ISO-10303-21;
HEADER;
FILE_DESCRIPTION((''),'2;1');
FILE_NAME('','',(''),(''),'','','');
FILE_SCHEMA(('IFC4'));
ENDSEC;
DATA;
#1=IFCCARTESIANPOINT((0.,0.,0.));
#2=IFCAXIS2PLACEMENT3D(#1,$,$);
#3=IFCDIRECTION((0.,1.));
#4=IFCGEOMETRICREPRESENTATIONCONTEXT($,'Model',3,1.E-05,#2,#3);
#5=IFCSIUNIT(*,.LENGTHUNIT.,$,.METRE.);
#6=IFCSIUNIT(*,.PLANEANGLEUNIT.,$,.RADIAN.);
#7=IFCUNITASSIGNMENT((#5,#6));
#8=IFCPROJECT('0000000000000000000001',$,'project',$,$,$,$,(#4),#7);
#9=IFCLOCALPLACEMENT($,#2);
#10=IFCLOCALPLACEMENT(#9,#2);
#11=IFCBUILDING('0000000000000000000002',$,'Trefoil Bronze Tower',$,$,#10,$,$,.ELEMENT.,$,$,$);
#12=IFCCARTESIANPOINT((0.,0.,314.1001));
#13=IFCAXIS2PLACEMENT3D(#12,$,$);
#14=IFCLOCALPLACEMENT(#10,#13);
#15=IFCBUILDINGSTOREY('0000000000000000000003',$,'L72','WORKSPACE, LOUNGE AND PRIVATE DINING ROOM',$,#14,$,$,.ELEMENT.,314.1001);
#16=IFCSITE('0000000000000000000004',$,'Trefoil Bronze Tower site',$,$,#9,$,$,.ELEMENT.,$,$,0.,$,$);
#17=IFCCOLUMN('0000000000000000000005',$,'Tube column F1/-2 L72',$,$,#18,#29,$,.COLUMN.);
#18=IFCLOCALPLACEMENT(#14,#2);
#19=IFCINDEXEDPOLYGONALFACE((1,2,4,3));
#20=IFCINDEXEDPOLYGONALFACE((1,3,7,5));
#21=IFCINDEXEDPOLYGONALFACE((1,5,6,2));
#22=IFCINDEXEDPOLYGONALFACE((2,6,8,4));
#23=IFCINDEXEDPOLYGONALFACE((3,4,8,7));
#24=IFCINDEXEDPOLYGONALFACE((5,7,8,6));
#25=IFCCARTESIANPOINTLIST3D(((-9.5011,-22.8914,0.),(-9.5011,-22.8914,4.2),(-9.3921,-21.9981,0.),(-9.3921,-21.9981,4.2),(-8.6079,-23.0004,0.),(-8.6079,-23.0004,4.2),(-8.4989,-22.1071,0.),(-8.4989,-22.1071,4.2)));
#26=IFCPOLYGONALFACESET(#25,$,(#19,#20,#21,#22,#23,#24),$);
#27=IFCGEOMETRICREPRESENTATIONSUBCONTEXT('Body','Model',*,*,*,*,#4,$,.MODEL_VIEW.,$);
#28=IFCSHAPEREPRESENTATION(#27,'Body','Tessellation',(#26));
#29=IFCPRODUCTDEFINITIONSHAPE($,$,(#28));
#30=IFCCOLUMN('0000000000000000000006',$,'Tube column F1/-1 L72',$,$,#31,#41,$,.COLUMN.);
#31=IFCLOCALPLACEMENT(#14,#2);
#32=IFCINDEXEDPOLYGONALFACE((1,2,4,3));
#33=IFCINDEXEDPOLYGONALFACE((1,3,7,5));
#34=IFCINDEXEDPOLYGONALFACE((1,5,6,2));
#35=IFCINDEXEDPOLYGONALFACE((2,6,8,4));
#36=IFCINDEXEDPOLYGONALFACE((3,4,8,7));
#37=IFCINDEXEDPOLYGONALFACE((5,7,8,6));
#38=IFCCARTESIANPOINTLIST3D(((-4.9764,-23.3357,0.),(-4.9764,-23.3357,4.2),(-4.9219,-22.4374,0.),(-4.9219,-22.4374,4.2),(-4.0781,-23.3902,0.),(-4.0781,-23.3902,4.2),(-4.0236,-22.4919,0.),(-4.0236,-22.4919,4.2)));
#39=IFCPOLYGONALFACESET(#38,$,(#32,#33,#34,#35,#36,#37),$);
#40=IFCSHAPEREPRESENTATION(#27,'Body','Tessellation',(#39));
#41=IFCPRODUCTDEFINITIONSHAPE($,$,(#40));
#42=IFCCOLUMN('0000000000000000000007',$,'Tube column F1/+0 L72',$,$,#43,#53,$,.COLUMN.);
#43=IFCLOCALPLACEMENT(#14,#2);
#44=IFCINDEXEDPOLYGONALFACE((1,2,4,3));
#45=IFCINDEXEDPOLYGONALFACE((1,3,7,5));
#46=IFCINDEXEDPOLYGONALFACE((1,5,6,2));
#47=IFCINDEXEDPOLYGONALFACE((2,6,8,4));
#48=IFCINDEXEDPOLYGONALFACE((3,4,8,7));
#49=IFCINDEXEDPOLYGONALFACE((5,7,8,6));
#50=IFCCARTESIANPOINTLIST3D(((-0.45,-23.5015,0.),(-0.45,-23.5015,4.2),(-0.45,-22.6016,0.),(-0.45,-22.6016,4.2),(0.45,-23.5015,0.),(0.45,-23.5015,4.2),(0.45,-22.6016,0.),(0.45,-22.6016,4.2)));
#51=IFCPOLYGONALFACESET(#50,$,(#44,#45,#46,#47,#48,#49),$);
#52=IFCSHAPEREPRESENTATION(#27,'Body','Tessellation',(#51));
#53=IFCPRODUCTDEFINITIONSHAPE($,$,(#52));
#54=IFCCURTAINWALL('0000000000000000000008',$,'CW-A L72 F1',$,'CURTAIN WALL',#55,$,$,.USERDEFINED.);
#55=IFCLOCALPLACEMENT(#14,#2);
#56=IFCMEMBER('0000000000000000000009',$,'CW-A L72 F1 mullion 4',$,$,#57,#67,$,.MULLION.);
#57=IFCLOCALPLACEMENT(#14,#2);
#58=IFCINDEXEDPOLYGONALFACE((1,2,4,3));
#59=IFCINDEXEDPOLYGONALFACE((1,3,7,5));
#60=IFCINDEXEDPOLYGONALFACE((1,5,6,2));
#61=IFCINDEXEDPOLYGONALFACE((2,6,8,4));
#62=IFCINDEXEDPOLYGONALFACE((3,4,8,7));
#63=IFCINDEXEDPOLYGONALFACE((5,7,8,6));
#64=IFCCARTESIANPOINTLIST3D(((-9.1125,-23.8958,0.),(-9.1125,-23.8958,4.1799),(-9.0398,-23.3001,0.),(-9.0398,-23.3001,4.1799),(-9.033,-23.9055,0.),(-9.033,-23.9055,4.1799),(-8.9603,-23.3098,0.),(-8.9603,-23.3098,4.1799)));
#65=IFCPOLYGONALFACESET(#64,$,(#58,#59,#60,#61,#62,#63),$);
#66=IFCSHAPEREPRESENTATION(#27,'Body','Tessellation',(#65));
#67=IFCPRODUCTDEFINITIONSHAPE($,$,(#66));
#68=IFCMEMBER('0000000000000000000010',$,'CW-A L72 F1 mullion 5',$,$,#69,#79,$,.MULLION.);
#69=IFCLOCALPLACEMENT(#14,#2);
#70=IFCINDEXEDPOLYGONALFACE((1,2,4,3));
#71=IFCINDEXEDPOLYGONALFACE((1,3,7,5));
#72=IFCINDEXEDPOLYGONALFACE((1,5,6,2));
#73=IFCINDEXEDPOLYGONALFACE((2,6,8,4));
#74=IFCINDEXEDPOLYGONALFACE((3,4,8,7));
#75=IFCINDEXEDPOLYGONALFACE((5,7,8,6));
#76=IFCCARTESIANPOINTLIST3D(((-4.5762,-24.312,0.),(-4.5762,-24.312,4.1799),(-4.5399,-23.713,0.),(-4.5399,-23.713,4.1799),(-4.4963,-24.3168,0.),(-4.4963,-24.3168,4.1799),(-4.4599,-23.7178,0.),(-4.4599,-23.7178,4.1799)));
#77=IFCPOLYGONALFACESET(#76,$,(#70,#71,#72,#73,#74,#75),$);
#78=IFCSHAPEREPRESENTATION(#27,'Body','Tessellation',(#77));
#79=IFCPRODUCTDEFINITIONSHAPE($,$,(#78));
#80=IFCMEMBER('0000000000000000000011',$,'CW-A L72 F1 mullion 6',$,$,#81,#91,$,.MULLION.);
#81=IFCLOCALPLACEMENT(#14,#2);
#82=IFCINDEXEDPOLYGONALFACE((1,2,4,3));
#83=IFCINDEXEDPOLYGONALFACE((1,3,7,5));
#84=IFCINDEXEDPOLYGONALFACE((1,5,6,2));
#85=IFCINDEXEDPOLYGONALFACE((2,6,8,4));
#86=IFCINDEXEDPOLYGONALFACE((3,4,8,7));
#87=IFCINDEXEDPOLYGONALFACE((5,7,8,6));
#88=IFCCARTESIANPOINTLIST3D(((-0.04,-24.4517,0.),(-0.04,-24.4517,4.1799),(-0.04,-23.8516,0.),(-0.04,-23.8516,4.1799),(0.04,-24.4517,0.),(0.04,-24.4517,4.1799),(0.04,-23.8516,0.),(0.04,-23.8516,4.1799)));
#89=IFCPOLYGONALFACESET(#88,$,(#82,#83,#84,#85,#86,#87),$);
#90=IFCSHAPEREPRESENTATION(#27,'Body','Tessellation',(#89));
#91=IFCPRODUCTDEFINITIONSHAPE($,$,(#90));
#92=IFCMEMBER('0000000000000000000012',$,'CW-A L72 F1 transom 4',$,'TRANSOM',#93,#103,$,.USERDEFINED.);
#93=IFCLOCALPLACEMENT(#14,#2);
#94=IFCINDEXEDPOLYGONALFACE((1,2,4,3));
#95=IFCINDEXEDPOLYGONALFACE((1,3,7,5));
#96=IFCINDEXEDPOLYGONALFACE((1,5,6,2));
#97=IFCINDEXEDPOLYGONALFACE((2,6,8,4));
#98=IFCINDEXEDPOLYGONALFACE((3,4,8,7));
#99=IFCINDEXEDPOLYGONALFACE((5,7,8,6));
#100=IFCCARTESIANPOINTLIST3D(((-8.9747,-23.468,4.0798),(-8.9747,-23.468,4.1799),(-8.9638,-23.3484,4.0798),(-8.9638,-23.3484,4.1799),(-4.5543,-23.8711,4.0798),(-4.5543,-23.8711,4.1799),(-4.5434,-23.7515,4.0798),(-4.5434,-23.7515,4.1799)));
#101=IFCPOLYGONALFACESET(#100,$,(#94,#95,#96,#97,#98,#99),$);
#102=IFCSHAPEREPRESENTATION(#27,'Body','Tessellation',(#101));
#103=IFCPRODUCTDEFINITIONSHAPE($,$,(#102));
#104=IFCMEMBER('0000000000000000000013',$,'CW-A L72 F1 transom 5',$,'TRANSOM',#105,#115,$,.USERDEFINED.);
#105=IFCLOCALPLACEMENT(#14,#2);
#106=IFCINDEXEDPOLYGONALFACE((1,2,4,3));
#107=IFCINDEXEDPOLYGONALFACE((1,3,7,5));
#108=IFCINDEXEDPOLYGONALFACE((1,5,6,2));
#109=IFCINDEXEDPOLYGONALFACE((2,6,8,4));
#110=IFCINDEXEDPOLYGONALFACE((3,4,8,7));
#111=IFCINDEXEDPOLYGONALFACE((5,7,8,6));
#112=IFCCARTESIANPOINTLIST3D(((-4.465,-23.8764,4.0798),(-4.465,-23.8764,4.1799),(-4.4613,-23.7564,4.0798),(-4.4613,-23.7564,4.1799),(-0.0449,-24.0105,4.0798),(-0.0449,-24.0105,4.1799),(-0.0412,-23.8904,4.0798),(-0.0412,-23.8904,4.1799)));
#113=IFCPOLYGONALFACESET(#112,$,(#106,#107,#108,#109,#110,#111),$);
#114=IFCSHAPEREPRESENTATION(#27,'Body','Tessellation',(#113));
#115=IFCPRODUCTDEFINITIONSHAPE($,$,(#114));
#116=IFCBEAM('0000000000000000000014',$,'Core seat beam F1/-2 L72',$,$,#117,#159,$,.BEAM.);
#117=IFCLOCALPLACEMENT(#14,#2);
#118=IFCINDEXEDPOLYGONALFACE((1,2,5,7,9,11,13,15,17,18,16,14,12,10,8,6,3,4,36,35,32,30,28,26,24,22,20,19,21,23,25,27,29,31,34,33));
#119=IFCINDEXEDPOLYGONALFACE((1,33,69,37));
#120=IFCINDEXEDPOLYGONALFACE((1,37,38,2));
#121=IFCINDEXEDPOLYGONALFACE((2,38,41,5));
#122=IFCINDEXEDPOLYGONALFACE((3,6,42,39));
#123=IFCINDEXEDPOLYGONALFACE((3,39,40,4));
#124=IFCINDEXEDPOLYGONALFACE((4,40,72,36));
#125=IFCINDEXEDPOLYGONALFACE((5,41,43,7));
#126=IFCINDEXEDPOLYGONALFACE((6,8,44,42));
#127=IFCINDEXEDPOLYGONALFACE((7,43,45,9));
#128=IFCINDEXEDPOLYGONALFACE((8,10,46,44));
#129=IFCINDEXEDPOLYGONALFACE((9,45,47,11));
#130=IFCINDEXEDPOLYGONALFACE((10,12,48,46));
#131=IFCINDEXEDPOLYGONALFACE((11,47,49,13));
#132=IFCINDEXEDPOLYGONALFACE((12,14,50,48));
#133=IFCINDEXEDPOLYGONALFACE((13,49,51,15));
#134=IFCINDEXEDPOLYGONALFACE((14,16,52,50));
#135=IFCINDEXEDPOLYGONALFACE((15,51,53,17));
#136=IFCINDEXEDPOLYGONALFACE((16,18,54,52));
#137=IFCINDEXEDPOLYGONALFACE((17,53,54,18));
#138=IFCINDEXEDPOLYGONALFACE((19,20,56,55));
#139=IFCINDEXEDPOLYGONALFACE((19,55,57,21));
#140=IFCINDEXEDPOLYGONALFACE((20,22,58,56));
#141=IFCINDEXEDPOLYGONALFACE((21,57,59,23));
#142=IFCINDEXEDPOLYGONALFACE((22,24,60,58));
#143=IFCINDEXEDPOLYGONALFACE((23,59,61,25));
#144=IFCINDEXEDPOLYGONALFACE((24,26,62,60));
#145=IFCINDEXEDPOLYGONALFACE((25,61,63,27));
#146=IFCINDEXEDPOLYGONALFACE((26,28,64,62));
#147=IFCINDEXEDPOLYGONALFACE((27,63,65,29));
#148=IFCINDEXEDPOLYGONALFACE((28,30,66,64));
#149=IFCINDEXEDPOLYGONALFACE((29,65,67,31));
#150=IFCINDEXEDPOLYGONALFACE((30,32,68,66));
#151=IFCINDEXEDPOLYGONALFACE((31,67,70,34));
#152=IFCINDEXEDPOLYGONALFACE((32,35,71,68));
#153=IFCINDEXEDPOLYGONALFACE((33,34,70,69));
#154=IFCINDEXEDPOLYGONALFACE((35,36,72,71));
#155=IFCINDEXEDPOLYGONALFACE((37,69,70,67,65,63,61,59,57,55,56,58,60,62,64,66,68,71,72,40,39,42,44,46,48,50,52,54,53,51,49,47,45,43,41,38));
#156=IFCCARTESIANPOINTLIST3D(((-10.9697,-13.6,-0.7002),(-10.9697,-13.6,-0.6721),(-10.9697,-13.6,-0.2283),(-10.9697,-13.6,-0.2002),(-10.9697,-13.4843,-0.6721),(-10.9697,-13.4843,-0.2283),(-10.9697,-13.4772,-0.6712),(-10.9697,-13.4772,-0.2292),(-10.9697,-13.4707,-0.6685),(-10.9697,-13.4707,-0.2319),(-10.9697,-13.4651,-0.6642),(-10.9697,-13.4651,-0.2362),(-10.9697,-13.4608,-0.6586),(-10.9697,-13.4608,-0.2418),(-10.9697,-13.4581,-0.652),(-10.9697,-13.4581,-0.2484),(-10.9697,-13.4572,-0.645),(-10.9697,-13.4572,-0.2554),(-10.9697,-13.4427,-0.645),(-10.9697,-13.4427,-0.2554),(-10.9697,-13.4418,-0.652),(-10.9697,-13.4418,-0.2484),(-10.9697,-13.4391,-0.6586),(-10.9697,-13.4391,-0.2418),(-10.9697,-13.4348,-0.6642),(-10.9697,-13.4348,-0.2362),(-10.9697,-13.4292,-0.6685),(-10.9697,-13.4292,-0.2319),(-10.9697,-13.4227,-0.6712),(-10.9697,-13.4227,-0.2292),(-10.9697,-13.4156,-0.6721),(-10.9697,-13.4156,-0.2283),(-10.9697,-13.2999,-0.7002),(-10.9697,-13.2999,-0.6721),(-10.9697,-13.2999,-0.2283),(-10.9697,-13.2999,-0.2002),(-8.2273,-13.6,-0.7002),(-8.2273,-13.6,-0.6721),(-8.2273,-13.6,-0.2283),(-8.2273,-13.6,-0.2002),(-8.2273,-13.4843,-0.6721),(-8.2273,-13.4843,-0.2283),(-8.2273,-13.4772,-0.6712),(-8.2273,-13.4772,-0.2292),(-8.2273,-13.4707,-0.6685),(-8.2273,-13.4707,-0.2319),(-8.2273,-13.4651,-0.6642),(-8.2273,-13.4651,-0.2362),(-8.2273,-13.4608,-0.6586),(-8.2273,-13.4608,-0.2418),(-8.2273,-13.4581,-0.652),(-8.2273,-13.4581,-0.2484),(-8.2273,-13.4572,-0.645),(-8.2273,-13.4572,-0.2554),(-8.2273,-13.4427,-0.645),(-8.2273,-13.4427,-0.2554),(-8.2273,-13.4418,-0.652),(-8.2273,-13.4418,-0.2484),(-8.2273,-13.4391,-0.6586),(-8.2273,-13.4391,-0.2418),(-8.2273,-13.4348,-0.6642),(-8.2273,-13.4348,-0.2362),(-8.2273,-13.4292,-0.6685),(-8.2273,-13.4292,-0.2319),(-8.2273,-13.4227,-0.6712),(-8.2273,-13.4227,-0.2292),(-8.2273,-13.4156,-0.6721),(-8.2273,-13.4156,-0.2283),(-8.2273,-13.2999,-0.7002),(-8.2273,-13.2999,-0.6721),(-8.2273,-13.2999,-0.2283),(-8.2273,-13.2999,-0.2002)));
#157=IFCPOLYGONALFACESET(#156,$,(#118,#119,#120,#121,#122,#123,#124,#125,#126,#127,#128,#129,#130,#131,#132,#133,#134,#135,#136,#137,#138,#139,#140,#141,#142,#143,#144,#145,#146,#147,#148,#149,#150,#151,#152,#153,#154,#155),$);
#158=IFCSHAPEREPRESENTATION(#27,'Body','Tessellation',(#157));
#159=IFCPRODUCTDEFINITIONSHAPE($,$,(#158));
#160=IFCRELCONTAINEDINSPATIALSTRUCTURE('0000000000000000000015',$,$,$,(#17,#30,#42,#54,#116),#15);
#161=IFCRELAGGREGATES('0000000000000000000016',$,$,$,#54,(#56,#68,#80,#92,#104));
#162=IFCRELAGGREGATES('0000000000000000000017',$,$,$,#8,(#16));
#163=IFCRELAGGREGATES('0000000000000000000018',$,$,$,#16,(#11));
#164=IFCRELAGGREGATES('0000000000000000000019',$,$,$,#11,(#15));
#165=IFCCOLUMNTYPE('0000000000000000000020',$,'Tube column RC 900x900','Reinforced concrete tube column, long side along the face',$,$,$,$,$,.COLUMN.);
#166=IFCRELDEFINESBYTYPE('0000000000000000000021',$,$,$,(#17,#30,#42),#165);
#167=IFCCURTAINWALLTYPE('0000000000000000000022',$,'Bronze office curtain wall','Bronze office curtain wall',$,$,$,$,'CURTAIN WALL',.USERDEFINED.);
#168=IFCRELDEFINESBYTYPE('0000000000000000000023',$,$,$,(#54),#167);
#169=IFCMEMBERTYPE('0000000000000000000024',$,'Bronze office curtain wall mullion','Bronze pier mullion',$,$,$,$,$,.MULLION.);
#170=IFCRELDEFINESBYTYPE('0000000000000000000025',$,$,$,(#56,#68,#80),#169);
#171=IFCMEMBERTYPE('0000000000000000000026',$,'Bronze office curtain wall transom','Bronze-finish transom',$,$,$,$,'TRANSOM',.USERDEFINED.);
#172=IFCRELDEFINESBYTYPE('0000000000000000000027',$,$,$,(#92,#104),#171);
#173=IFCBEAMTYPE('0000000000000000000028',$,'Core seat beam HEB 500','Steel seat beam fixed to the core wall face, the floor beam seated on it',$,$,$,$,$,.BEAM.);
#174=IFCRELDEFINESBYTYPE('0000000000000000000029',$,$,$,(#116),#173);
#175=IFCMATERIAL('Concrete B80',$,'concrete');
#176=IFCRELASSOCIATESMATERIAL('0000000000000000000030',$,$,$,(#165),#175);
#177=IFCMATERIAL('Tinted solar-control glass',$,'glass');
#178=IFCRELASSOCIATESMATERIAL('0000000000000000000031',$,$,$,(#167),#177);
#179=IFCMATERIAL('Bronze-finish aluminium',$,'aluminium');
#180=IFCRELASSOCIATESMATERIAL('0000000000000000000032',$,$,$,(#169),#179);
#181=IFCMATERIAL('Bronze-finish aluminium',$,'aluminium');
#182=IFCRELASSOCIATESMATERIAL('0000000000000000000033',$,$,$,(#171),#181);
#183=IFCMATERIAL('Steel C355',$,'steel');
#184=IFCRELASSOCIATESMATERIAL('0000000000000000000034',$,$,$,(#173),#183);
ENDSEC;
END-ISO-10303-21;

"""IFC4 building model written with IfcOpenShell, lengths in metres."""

from ifc_helpers import new_model, si_unit, direction, frame, origin, origin_2d, place, context, subcontext, project, spatial, rectangle, i_section, extrude, material, material_profile, profile_set, type_object, element, aggregate, save


model = new_model("IFC4")

# Units and contexts
model_context = context("Model", 3, precision=1e-05, world=origin(), true_north=direction((0.0, 1.0)))
body_context = subcontext(model_context, "Body", "Model", "MODEL_VIEW")
ifc_project = project(units=[si_unit("LENGTHUNIT", "METRE"), si_unit("PLANEANGLEUNIT", "RADIAN")], contexts=[model_context])

# Site, building, storey
site_placement = place(None, origin())
site = spatial("IfcSite", under=ifc_project, at=site_placement, Name="Trefoil Bronze Tower site", CompositionType="ELEMENT", RefElevation=0.0)
building_placement = place(site_placement, origin())
building = spatial("IfcBuilding", under=site, at=building_placement, Name="Trefoil Bronze Tower", CompositionType="ELEMENT")
storey_placement = place(building_placement, frame((0.0, 0.0, 314.1001)))
storey = spatial("IfcBuildingStorey", under=building, at=storey_placement, Name="L72", Description="WORKSPACE, LOUNGE AND PRIVATE DINING ROOM", CompositionType="ELEMENT", Elevation=314.1001)

# Columns
ifc_material_1 = material(Name="Concrete B80", Category="concrete")
ifc_material_profile_1 = material_profile(ifc_material_1, rectangle(XDim=0.8999, YDim=0.8999, at=origin_2d()), Name="RC 900x900")
ifc_profile_set_1 = profile_set([ifc_material_profile_1], Name="Concrete B80")
column_type = type_object("IfcColumnType", Name="Tube column RC 900x900", Description="Reinforced concrete tube column, long side along the face", PredefinedType="COLUMN", material=ifc_profile_set_1)
for number, where, z_axis, x_axis, name in (
    (1, (-9.0, -22.4993, 0.0), (0.0, 0.0, 1.0), (0.992639, -0.121109, 0.0), "Tube column F1/-2 L72"),
    (2, (-4.5, -22.9138, 0.0), (0.0, 0.0, 1.0), (0.998165, -0.060554, 0.0), "Tube column F1/-1 L72"),
    (3, (0.0, -23.0515, 0.0), (0.0, 0.0, 1.0), (1.0, 0.0, 0.0), "Tube column F1/+0 L72"),
):
    element("IfcColumn", number, at=place(storey_placement, frame(where, z_axis=z_axis, x_axis=x_axis)), inside=storey, type_object=column_type, Name=name, PredefinedType="COLUMN", context=body_context, shape_type="SweptSolid", body=[
        extrude(rectangle(XDim=0.8999, YDim=0.8999, at=origin_2d()), origin(), (0.0, 0.0, 1.0), 4.2),
    ])

# Curtain wall, members
ifc_material_2 = material(Name="Tinted solar-control glass", Category="glass")
curtain_wall_type = type_object("IfcCurtainWallType", Name="Bronze office curtain wall", Description="Bronze office curtain wall", ElementType="CURTAIN WALL", PredefinedType="USERDEFINED", material=ifc_material_2)
curtain_wall_placement = place(storey_placement, origin())
curtain_wall = element("IfcCurtainWall", 4, at=curtain_wall_placement, inside=storey, type_object=curtain_wall_type, Name="CW-A L72 F1", ObjectType="CURTAIN WALL", PredefinedType="USERDEFINED")
ifc_material_3 = material(Name="Bronze-finish aluminium", Category="aluminium")
ifc_material_profile_2 = material_profile(ifc_material_3, rectangle(XDim=0.6001, YDim=0.0801, at=origin_2d()), Name="CW-A mullion")
ifc_profile_set_2 = profile_set([ifc_material_profile_2], Name="Bronze-finish aluminium")
member_type_1 = type_object("IfcMemberType", Name="Bronze office curtain wall mullion", Description="Bronze pier mullion", PredefinedType="MULLION", material=ifc_profile_set_2)
member_1_placement = place(storey_placement, frame((-9.0364, -23.6028, 0.0), z_axis=(0.0, 0.0, 1.0), x_axis=(0.121109, 0.992639, 0.0)))
member_1 = element("IfcMember", 5, at=member_1_placement, type_object=member_type_1, Name="CW-A L72 F1 mullion 4", PredefinedType="MULLION", context=body_context, shape_type="SweptSolid", body=[
    extrude(rectangle(XDim=0.6001, YDim=0.0801, at=origin_2d()), origin(), (0.0, 0.0, 1.0), 4.1799),
])
member_2_placement = place(storey_placement, frame((-4.5181, -24.0149, 0.0), z_axis=(0.0, 0.0, 1.0), x_axis=(0.060554, 0.998165, 0.0)))
member_2 = element("IfcMember", 6, at=member_2_placement, type_object=member_type_1, Name="CW-A L72 F1 mullion 5", PredefinedType="MULLION", context=body_context, shape_type="SweptSolid", body=[
    extrude(rectangle(XDim=0.6001, YDim=0.0801, at=origin_2d()), origin(), (0.0, 0.0, 1.0), 4.1799),
])
member_3_placement = place(storey_placement, frame((0.0, -24.1516, 0.0), z_axis=(0.0, 0.0, 1.0), x_axis=(0.0, 1.0, 0.0)))
member_3 = element("IfcMember", 7, at=member_3_placement, type_object=member_type_1, Name="CW-A L72 F1 mullion 6", PredefinedType="MULLION", context=body_context, shape_type="SweptSolid", body=[
    extrude(rectangle(XDim=0.6001, YDim=0.0801, at=origin_2d()), origin(), (0.0, 0.0, 1.0), 4.1799),
])
ifc_material_4 = material(Name="Bronze-finish aluminium", Category="aluminium")
ifc_material_profile_3 = material_profile(ifc_material_4, rectangle(XDim=0.1201, YDim=0.1001, at=origin_2d()), Name="CW-A transom")
ifc_profile_set_3 = profile_set([ifc_material_profile_3], Name="Bronze-finish aluminium")
member_type_2 = type_object("IfcMemberType", Name="Bronze office curtain wall transom", Description="Bronze-finish transom", ElementType="TRANSOM", PredefinedType="USERDEFINED", material=ifc_profile_set_3)
member_4_placement = place(storey_placement, frame((-8.9692, -23.4082, 4.1299), z_axis=(0.995868, -0.090808, 0.0), x_axis=(0.090808, 0.995868, 0.0)))
member_4 = element("IfcMember", 8, at=member_4_placement, type_object=member_type_2, Name="CW-A L72 F1 transom 4", ObjectType="TRANSOM", PredefinedType="USERDEFINED", context=body_context, shape_type="SweptSolid", body=[
    extrude(rectangle(XDim=0.1201, YDim=0.1001, at=origin_2d()), origin(), (0.0, 0.0, 1.0), 4.4387),
])
member_5_placement = place(storey_placement, frame((-4.4631, -23.8164, 4.1299), z_axis=(0.999541, -0.030309, 0.0), x_axis=(0.030309, 0.999541, 0.0)))
member_5 = element("IfcMember", 9, at=member_5_placement, type_object=member_type_2, Name="CW-A L72 F1 transom 5", ObjectType="TRANSOM", PredefinedType="USERDEFINED", context=body_context, shape_type="SweptSolid", body=[
    extrude(rectangle(XDim=0.1201, YDim=0.1001, at=origin_2d()), origin(), (0.0, 0.0, 1.0), 4.4221),
])

# Beam
ifc_material_5 = material(Name="Steel C355", Category="steel")
ifc_material_profile_4 = material_profile(ifc_material_5, i_section(OverallWidth=0.3, OverallDepth=0.5, WebThickness=0.0144, FlangeThickness=0.0281, FilletRadius=0.0271, at=origin_2d()), Name="HEB 500")
ifc_profile_set_4 = profile_set([ifc_material_profile_4], Name="Steel C355")
beam_type_1 = type_object("IfcBeamType", Name="Core seat beam HEB 500", Description="Steel seat beam fixed to the core wall face, the floor beam seated on it", PredefinedType="BEAM", material=ifc_profile_set_4)
for number, where, z_axis, x_axis, name in (
    (10, (-10.9697, -13.45, -0.4502), (1.0, 0.0, 0.0), (0.0, 1.0, 0.0), "Core seat beam F1/-2 L72"),
):
    element("IfcBeam", number, at=place(storey_placement, frame(where, z_axis=z_axis, x_axis=x_axis)), inside=storey, type_object=beam_type_1, Name=name, PredefinedType="BEAM", context=body_context, shape_type="SweptSolid", body=[
        extrude(i_section(OverallWidth=0.3, OverallDepth=0.5, WebThickness=0.0144, FlangeThickness=0.0281, FilletRadius=0.0271, at=origin_2d()), origin(), (0.0, 0.0, 1.0), 2.7424),
    ])

aggregate(curtain_wall, [member_1, member_2, member_3, member_4, member_5])

save(model, "model.ifc")
